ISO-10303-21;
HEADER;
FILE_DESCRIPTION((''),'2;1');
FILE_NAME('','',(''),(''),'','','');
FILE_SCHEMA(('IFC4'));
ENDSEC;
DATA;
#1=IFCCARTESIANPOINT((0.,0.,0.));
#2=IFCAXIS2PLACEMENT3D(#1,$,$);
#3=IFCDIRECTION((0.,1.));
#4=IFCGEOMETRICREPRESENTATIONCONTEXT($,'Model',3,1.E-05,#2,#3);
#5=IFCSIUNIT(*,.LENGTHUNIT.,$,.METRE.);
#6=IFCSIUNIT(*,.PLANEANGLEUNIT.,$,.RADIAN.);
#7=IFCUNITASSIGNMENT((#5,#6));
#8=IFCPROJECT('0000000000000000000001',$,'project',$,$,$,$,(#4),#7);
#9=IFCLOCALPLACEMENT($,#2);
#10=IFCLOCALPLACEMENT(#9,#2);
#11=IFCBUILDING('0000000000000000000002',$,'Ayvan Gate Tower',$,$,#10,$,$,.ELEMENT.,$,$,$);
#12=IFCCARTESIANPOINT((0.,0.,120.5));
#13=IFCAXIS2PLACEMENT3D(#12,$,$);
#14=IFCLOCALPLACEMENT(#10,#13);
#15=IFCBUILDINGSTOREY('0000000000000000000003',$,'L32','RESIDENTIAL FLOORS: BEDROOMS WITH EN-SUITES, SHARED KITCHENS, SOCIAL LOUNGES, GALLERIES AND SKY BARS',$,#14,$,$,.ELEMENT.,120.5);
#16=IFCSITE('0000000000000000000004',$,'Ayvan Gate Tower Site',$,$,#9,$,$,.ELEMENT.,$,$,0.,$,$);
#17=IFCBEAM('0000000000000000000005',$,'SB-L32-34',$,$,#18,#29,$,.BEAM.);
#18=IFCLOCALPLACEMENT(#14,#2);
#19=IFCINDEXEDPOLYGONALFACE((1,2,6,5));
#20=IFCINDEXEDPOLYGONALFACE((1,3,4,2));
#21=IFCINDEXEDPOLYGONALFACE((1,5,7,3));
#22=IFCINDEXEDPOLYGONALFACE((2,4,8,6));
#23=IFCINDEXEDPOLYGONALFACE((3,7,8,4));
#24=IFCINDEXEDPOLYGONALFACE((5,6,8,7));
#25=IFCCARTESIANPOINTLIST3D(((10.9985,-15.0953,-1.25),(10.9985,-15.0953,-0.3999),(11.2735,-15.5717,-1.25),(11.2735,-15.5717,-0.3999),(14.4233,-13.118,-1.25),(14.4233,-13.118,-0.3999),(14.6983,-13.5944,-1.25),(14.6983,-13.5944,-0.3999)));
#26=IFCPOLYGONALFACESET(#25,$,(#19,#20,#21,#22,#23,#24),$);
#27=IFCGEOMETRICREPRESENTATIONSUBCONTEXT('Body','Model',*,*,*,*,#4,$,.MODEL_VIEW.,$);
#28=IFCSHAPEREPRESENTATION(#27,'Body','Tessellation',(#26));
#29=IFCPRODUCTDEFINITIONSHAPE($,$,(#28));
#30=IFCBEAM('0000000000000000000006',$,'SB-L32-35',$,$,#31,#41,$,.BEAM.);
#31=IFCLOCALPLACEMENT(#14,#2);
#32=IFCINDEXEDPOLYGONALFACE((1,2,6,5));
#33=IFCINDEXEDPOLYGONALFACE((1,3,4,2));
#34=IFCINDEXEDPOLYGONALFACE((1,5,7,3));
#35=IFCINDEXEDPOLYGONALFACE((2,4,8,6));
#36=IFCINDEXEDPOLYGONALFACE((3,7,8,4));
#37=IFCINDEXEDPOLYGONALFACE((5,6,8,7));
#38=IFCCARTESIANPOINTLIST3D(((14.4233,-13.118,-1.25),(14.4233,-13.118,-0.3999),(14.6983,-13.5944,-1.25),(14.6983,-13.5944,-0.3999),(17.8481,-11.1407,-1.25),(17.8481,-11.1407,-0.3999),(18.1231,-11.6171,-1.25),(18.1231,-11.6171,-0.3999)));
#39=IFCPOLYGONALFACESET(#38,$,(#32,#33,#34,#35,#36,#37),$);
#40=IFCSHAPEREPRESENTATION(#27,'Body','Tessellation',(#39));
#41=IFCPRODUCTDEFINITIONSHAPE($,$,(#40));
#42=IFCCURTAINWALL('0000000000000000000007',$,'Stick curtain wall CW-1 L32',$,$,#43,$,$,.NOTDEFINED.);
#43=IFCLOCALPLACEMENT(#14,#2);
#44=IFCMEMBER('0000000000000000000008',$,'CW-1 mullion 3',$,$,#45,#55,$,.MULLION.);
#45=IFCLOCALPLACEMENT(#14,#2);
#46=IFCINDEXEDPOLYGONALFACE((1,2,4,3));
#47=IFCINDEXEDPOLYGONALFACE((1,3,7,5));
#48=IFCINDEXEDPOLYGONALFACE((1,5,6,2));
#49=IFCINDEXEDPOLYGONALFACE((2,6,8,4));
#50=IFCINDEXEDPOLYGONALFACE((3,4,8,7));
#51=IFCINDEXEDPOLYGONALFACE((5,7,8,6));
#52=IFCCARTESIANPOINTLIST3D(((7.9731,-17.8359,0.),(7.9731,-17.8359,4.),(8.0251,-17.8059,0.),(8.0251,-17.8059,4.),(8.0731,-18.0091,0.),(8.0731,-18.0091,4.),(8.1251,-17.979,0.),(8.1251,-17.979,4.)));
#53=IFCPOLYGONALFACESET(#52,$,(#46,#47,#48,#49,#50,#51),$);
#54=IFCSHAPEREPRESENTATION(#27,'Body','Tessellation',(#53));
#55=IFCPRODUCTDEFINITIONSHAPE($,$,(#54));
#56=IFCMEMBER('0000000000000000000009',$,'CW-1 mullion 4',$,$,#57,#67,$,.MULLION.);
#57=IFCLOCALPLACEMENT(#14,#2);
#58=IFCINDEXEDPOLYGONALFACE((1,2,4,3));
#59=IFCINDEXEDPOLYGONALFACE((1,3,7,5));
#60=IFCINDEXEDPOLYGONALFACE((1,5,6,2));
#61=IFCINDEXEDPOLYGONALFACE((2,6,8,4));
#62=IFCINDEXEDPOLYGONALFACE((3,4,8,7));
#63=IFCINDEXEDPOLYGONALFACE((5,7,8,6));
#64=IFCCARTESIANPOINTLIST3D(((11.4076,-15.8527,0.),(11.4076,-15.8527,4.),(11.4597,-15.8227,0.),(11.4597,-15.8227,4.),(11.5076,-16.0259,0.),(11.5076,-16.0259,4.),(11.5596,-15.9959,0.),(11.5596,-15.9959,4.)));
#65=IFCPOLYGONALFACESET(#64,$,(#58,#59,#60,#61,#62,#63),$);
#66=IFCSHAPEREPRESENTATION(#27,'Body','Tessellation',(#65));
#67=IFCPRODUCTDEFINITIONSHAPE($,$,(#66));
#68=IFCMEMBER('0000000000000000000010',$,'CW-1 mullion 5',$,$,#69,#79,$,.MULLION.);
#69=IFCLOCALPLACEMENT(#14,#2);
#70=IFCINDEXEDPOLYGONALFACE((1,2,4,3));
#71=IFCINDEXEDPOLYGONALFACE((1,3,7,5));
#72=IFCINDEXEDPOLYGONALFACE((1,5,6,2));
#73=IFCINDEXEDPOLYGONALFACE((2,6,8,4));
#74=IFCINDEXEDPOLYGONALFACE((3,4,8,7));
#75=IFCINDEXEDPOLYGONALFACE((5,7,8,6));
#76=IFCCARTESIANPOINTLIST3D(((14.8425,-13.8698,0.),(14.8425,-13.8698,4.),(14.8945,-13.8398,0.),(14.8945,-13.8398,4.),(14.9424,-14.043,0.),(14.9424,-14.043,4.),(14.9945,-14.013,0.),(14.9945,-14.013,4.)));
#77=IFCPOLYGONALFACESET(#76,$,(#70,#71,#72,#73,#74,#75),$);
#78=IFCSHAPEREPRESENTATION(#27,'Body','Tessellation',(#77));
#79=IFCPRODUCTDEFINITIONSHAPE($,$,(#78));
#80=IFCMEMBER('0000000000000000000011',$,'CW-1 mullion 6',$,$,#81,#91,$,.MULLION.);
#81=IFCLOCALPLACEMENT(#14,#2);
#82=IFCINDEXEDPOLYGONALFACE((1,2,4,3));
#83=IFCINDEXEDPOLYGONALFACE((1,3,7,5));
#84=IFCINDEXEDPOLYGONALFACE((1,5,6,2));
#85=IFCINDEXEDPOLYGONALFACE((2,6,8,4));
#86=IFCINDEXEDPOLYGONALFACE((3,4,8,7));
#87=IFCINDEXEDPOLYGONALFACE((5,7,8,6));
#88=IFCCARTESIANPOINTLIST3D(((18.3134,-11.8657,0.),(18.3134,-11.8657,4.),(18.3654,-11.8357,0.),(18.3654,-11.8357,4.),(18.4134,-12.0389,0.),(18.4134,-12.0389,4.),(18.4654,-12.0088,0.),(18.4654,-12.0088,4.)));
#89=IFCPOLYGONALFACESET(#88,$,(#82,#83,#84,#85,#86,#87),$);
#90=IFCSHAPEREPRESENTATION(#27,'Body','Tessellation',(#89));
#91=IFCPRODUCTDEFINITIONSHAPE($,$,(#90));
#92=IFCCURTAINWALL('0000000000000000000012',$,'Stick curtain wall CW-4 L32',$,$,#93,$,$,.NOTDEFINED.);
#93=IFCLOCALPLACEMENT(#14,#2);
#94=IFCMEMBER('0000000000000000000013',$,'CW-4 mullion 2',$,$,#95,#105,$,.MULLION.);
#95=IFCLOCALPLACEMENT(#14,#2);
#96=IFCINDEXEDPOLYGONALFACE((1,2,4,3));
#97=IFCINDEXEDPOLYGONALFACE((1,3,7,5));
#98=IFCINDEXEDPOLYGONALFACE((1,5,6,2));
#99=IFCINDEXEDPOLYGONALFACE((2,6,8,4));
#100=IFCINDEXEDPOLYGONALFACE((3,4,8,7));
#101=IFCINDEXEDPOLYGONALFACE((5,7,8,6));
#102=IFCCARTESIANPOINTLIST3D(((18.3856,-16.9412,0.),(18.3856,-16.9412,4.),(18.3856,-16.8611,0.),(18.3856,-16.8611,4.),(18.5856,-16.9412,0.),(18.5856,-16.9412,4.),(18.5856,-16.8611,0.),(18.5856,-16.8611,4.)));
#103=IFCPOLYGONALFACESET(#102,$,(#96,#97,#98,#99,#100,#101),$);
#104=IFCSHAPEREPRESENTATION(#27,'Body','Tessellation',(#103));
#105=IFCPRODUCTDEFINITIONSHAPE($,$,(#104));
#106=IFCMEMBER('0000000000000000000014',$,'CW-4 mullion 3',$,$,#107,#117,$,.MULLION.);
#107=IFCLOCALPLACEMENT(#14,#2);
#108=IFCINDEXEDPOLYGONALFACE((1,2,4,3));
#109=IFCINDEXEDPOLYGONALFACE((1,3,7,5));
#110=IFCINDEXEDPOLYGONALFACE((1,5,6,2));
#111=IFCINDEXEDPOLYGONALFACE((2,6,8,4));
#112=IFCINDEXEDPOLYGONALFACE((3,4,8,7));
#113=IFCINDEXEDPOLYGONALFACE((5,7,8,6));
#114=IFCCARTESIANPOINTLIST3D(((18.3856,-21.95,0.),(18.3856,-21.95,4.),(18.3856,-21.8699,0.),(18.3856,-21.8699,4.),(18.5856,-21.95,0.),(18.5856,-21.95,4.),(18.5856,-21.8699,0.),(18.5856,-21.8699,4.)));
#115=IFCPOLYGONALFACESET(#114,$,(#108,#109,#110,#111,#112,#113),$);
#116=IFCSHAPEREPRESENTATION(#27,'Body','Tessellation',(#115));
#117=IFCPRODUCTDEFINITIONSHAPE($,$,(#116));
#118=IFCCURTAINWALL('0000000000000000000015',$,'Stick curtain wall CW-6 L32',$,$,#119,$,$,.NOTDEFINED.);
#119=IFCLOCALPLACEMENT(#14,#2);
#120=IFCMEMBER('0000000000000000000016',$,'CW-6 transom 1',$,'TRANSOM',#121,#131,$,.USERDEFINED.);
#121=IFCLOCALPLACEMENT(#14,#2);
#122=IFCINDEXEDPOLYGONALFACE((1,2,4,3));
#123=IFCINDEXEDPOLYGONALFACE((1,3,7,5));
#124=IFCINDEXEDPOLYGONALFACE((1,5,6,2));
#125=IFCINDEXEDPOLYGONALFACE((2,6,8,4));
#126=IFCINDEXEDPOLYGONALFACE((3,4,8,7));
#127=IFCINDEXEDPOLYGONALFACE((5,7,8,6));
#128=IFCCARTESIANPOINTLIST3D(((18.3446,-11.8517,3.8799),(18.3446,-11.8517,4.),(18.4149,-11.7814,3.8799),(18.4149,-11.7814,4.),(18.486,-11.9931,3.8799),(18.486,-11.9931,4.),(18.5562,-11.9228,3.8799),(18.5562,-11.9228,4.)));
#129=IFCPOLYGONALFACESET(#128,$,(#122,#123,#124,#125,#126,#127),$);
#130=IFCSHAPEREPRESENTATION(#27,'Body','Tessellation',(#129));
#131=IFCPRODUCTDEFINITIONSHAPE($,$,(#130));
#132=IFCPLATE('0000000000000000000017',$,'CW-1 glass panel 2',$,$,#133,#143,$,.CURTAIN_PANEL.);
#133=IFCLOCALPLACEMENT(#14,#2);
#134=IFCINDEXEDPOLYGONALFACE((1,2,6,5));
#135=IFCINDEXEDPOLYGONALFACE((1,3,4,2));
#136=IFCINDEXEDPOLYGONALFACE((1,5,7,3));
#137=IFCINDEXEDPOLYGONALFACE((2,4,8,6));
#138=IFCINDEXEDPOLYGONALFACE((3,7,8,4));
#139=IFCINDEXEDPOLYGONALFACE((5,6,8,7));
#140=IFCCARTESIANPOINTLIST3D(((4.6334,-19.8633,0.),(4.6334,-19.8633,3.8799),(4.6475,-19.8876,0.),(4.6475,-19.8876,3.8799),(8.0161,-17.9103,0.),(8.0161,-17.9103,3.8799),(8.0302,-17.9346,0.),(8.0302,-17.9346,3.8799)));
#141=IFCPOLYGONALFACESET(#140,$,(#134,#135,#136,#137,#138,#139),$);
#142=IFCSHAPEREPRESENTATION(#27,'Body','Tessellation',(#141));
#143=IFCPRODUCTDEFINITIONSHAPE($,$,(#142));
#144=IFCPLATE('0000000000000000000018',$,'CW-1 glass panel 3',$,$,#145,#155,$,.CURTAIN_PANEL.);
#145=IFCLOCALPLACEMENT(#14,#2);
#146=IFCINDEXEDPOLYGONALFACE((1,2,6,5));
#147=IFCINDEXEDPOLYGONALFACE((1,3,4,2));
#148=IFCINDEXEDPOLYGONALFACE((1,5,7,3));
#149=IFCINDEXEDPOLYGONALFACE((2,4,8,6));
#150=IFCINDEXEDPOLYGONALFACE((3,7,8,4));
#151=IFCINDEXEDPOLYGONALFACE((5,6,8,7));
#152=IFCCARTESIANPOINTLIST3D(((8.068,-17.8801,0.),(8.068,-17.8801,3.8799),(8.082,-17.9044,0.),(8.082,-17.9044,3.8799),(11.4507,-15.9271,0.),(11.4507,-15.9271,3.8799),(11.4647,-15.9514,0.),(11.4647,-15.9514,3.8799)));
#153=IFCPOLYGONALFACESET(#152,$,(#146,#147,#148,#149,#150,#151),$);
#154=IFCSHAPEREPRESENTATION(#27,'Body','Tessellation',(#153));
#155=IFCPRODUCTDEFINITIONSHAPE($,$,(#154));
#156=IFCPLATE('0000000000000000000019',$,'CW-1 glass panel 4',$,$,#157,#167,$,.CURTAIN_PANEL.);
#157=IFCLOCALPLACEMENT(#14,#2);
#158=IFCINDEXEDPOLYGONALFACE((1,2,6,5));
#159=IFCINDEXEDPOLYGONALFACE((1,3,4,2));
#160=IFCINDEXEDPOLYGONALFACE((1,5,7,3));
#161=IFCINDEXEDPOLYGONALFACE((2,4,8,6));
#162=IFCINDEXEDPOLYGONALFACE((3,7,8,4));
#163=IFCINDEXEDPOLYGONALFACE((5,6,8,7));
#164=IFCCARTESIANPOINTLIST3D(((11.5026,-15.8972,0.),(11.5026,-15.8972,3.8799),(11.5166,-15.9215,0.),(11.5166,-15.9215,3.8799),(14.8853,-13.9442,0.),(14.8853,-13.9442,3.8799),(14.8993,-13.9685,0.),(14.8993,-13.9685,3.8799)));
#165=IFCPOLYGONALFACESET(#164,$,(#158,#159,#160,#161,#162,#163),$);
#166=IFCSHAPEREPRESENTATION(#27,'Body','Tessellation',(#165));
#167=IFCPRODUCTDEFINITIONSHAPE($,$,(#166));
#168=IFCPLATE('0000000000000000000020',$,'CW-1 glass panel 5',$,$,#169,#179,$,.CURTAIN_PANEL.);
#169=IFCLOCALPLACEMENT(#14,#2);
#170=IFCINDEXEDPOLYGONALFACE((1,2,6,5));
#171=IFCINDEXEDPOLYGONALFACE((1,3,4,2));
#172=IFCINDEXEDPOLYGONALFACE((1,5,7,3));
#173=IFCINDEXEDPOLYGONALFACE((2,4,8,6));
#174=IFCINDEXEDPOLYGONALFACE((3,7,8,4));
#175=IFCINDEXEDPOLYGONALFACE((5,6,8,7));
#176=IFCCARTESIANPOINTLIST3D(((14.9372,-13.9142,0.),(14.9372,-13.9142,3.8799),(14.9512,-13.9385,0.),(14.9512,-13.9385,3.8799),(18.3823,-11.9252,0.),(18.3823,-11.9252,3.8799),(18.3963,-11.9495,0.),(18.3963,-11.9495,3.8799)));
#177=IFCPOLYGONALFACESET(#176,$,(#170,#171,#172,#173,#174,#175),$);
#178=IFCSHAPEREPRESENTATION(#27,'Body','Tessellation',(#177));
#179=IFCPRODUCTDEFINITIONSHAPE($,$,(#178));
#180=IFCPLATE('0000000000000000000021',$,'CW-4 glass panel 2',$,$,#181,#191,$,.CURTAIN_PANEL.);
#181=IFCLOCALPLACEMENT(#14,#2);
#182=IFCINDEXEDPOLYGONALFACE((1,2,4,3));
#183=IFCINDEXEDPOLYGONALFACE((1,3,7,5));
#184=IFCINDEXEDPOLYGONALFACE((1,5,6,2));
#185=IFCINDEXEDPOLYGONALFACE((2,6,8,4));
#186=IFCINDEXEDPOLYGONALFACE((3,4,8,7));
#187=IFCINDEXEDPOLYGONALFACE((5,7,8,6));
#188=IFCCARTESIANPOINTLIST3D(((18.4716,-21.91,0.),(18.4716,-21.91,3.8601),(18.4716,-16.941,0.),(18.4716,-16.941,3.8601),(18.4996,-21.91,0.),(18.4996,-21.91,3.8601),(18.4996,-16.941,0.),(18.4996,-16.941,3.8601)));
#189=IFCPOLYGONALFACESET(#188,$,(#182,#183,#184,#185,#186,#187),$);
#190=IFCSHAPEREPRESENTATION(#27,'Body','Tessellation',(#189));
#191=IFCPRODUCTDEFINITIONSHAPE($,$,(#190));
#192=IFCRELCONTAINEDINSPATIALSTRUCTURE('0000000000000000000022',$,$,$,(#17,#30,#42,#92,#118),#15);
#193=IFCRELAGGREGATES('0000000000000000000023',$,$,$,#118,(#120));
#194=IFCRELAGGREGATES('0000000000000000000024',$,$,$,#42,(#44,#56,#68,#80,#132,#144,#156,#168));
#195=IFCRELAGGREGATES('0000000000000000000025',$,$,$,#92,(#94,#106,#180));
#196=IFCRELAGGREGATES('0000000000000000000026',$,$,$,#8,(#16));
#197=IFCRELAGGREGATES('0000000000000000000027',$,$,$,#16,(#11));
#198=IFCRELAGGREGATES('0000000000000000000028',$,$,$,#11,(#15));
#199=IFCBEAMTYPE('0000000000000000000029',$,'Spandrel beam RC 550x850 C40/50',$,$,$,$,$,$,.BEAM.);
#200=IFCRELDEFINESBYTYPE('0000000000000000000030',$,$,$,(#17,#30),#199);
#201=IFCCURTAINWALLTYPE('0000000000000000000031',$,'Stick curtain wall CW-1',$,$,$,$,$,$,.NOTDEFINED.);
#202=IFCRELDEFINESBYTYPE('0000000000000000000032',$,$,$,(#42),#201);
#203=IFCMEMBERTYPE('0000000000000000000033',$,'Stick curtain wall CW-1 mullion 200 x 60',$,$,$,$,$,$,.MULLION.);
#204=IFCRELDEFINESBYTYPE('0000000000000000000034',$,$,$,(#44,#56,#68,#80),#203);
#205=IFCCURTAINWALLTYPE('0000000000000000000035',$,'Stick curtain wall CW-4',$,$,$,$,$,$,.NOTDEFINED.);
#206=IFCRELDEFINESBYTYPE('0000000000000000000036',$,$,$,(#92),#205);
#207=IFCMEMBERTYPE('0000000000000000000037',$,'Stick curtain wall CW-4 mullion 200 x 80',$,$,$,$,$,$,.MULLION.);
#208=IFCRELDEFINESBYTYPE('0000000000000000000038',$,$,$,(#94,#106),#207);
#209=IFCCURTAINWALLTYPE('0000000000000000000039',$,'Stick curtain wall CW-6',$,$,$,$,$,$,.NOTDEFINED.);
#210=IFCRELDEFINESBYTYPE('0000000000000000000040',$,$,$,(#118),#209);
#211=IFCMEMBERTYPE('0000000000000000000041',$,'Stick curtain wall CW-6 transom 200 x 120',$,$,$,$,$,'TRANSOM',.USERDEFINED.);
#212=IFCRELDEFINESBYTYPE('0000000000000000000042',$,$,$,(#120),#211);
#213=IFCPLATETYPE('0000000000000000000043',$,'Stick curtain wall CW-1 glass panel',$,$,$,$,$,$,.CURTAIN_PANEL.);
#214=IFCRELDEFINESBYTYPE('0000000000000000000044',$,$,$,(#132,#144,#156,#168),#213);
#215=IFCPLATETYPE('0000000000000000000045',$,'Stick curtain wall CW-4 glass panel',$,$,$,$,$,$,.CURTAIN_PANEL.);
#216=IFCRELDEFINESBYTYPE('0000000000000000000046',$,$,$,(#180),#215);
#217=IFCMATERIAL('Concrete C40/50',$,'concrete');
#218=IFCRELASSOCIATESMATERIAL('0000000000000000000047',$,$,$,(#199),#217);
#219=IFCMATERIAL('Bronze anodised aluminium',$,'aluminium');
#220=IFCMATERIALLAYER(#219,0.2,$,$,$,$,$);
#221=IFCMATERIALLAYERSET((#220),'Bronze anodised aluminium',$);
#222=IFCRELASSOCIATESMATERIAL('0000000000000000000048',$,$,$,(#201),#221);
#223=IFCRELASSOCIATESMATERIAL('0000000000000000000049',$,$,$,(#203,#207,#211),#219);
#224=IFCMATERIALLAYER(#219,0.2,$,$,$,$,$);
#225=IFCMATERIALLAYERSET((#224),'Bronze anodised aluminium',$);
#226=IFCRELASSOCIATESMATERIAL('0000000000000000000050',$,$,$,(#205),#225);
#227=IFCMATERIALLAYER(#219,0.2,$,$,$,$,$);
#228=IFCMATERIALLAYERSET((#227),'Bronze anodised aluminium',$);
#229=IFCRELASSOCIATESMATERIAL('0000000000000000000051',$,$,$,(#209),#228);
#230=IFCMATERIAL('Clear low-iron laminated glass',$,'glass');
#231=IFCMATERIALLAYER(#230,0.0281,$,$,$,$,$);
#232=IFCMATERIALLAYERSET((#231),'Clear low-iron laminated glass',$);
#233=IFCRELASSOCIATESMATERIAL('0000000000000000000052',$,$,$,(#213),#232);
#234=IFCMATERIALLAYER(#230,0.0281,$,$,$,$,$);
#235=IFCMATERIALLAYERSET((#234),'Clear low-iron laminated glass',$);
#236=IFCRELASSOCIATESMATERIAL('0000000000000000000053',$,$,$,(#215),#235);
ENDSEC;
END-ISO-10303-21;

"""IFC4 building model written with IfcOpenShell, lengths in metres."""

from ifc_helpers import new_model, si_unit, direction, frame, origin, origin_2d, place, context, subcontext, project, spatial, rectangle, extrude, material, layer, layer_set, material_profile, profile_set, type_object, element, aggregate, save


model = new_model("IFC4")

# Units and contexts
model_context = context("Model", 3, precision=1e-05, world=origin(), true_north=direction((0.0, 1.0)))
body_context = subcontext(model_context, "Body", "Model", "MODEL_VIEW")
ifc_project = project(units=[si_unit("LENGTHUNIT", "METRE"), si_unit("PLANEANGLEUNIT", "RADIAN")], contexts=[model_context])

# Site, building, storey
site_placement = place(None, origin())
site = spatial("IfcSite", under=ifc_project, at=site_placement, Name="Ayvan Gate Tower Site", CompositionType="ELEMENT", RefElevation=0.0)
building_placement = place(site_placement, origin())
building = spatial("IfcBuilding", under=site, at=building_placement, Name="Ayvan Gate Tower", CompositionType="ELEMENT")
storey_placement = place(building_placement, frame((0.0, 0.0, 120.5)))
storey = spatial("IfcBuildingStorey", under=building, at=storey_placement, Name="L32", Description="RESIDENTIAL FLOORS: BEDROOMS WITH EN-SUITES, SHARED KITCHENS, SOCIAL LOUNGES, GALLERIES AND SKY BARS", CompositionType="ELEMENT", Elevation=120.5)

# Beams
ifc_material_1 = material(Name="Concrete C40/50", Category="concrete")
ifc_material_profile_1 = material_profile(ifc_material_1, rectangle(XDim=0.55, YDim=0.8501, at=origin_2d()), Name="RC 550x850")
ifc_profile_set_1 = profile_set([ifc_material_profile_1], Name="Concrete C40/50")
beam_type = type_object("IfcBeamType", Name="Spandrel beam RC 550x850 C40/50", PredefinedType="BEAM", material=ifc_profile_set_1)
for number, where, z_axis, x_axis, name in (
    (1, (11.136, -15.3335, -0.825), (0.866027, 0.499997, 0.0), (-0.499997, 0.866027, 0.0), "SB-L32-34"),
    (2, (14.5608, -13.3562, -0.825), (0.866027, 0.499997, 0.0), (-0.499997, 0.866027, 0.0), "SB-L32-35"),
):
    element("IfcBeam", number, at=place(storey_placement, frame(where, z_axis=z_axis, x_axis=x_axis)), inside=storey, type_object=beam_type, Name=name, PredefinedType="BEAM", context=body_context, shape_type="SweptSolid", body=[
        extrude(rectangle(XDim=0.55, YDim=0.8501, at=origin_2d()), origin(), (0.0, 0.0, 1.0), 3.9546),
    ])

# Curtain walls, members
ifc_material_2 = material(Name="Bronze anodised aluminium", Category="aluminium")
ifc_layer_1 = layer(ifc_material_2, 0.2)
ifc_layer_set_1 = layer_set([ifc_layer_1], Name="Bronze anodised aluminium")
curtain_wall_type_1 = type_object("IfcCurtainWallType", Name="Stick curtain wall CW-1", PredefinedType="NOTDEFINED", material=ifc_layer_set_1)
curtain_wall_1_placement = place(storey_placement, origin())
curtain_wall_1 = element("IfcCurtainWall", 3, at=curtain_wall_1_placement, inside=storey, type_object=curtain_wall_type_1, Name="Stick curtain wall CW-1 L32", PredefinedType="NOTDEFINED")
ifc_material_profile_2 = material_profile(ifc_material_2, rectangle(XDim=0.2, YDim=0.0601, at=origin_2d()), Name="Stick curtain wall CW-1 mullion 200 x 60")
ifc_profile_set_2 = profile_set([ifc_material_profile_2], Name="Bronze anodised aluminium")
member_type_1 = type_object("IfcMemberType", Name="Stick curtain wall CW-1 mullion 200 x 60", PredefinedType="MULLION", material=ifc_profile_set_2)
member_1_placement = place(storey_placement, frame((8.0491, -17.9075, 0.0), z_axis=(0.0, 0.0, 1.0), x_axis=(0.5, -0.866025, 0.0)))
member_1 = element("IfcMember", 4, at=member_1_placement, type_object=member_type_1, Name="CW-1 mullion 3", PredefinedType="MULLION", context=body_context, shape_type="SweptSolid", body=[
    extrude(rectangle(XDim=0.2, YDim=0.0601, at=origin_2d()), origin(), (0.0, 0.0, 1.0), 4.0),
])
member_2_placement = place(storey_placement, frame((11.4836, -15.9243, 0.0), z_axis=(0.0, 0.0, 1.0), x_axis=(0.5, -0.866025, 0.0)))
member_2 = element("IfcMember", 5, at=member_2_placement, type_object=member_type_1, Name="CW-1 mullion 4", PredefinedType="MULLION", context=body_context, shape_type="SweptSolid", body=[
    extrude(rectangle(XDim=0.2, YDim=0.0601, at=origin_2d()), origin(), (0.0, 0.0, 1.0), 4.0),
])
member_3_placement = place(storey_placement, frame((14.9185, -13.9414, 0.0), z_axis=(0.0, 0.0, 1.0), x_axis=(0.5, -0.866025, 0.0)))
member_3 = element("IfcMember", 6, at=member_3_placement, type_object=member_type_1, Name="CW-1 mullion 5", PredefinedType="MULLION", context=body_context, shape_type="SweptSolid", body=[
    extrude(rectangle(XDim=0.2, YDim=0.0601, at=origin_2d()), origin(), (0.0, 0.0, 1.0), 4.0),
])
member_4_placement = place(storey_placement, frame((18.3894, -11.9373, 0.0), z_axis=(0.0, 0.0, 1.0), x_axis=(0.5, -0.866025, 0.0)))
member_4 = element("IfcMember", 7, at=member_4_placement, type_object=member_type_1, Name="CW-1 mullion 6", PredefinedType="MULLION", context=body_context, shape_type="SweptSolid", body=[
    extrude(rectangle(XDim=0.2, YDim=0.0601, at=origin_2d()), origin(), (0.0, 0.0, 1.0), 4.0),
])
ifc_layer_2 = layer(ifc_material_2, 0.2)
ifc_layer_set_2 = layer_set([ifc_layer_2], Name="Bronze anodised aluminium")
curtain_wall_type_2 = type_object("IfcCurtainWallType", Name="Stick curtain wall CW-4", PredefinedType="NOTDEFINED", material=ifc_layer_set_2)
curtain_wall_2_placement = place(storey_placement, origin())
curtain_wall_2 = element("IfcCurtainWall", 8, at=curtain_wall_2_placement, inside=storey, type_object=curtain_wall_type_2, Name="Stick curtain wall CW-4 L32", PredefinedType="NOTDEFINED")
ifc_material_profile_3 = material_profile(ifc_material_2, rectangle(XDim=0.2, YDim=0.0801, at=origin_2d()), Name="Stick curtain wall CW-4 mullion 200 x 80")
ifc_profile_set_3 = profile_set([ifc_material_profile_3], Name="Bronze anodised aluminium")
member_type_2 = type_object("IfcMemberType", Name="Stick curtain wall CW-4 mullion 200 x 80", PredefinedType="MULLION", material=ifc_profile_set_3)
member_5_placement = place(storey_placement, frame((18.4856, -16.9011, 0.0), z_axis=(0.0, 0.0, 1.0), x_axis=(-1.0, 0.0, 0.0)))
member_5 = element("IfcMember", 9, at=member_5_placement, type_object=member_type_2, Name="CW-4 mullion 2", PredefinedType="MULLION", context=body_context, shape_type="SweptSolid", body=[
    extrude(rectangle(XDim=0.2, YDim=0.0801, at=origin_2d()), origin(), (0.0, 0.0, 1.0), 4.0),
])
member_6_placement = place(storey_placement, frame((18.4856, -21.9099, 0.0), z_axis=(0.0, 0.0, 1.0), x_axis=(-1.0, 0.0, 0.0)))
member_6 = element("IfcMember", 10, at=member_6_placement, type_object=member_type_2, Name="CW-4 mullion 3", PredefinedType="MULLION", context=body_context, shape_type="SweptSolid", body=[
    extrude(rectangle(XDim=0.2, YDim=0.0801, at=origin_2d()), origin(), (0.0, 0.0, 1.0), 4.0),
])

# Curtain wall, member
ifc_layer_3 = layer(ifc_material_2, 0.2)
ifc_layer_set_3 = layer_set([ifc_layer_3], Name="Bronze anodised aluminium")
curtain_wall_type_3 = type_object("IfcCurtainWallType", Name="Stick curtain wall CW-6", PredefinedType="NOTDEFINED", material=ifc_layer_set_3)
curtain_wall_3_placement = place(storey_placement, origin())
curtain_wall_3 = element("IfcCurtainWall", 11, at=curtain_wall_3_placement, inside=storey, type_object=curtain_wall_type_3, Name="Stick curtain wall CW-6 L32", PredefinedType="NOTDEFINED")
ifc_material_profile_4 = material_profile(ifc_material_2, rectangle(XDim=0.2, YDim=0.1201, at=origin_2d()), Name="Stick curtain wall CW-6 transom 200 x 120")
ifc_profile_set_4 = profile_set([ifc_material_profile_4], Name="Bronze anodised aluminium")
member_type_3 = type_object("IfcMemberType", Name="Stick curtain wall CW-6 transom 200 x 120", ElementType="TRANSOM", PredefinedType="USERDEFINED", material=ifc_profile_set_4)
member_7_placement = place(storey_placement, frame((18.4153, -11.9224, 3.9399), z_axis=(0.707107, 0.707107, 0.0), x_axis=(-0.707107, 0.707107, 0.0)))
member_7 = element("IfcMember", 12, at=member_7_placement, type_object=member_type_3, Name="CW-6 transom 1", ObjectType="TRANSOM", PredefinedType="USERDEFINED", context=body_context, shape_type="SweptSolid", body=[
    extrude(rectangle(XDim=0.2, YDim=0.1201, at=origin_2d()), origin(), (0.0, 0.0, 1.0), 0.0994),
])
aggregate(curtain_wall_3, [member_7])

# Plates
ifc_material_3 = material(Name="Clear low-iron laminated glass", Category="glass")
ifc_layer_4 = layer(ifc_material_3, 0.0281)
ifc_layer_set_4 = layer_set([ifc_layer_4], Name="Clear low-iron laminated glass")
plate_type_1 = type_object("IfcPlateType", Name="Stick curtain wall CW-1 glass panel", PredefinedType="CURTAIN_PANEL", material=ifc_layer_set_4)
plate_1_placement = place(storey_placement, frame((6.3318, -18.8989, 0.0), z_axis=(0.0, 0.0, 1.0), x_axis=(0.866025, 0.5, 0.0)))
plate_1 = element("IfcPlate", 13, at=plate_1_placement, type_object=plate_type_1, Name="CW-1 glass panel 2", PredefinedType="CURTAIN_PANEL", context=body_context, shape_type="SweptSolid", body=[
    extrude(rectangle(XDim=3.906, YDim=0.0281, at=origin_2d()), origin(), (0.0, 0.0, 1.0), 3.8799),
])
plate_2_placement = place(storey_placement, frame((9.7664, -16.9158, 0.0), z_axis=(0.0, 0.0, 1.0), x_axis=(0.866025, 0.5, 0.0)))
plate_2 = element("IfcPlate", 14, at=plate_2_placement, type_object=plate_type_1, Name="CW-1 glass panel 3", PredefinedType="CURTAIN_PANEL", context=body_context, shape_type="SweptSolid", body=[
    extrude(rectangle(XDim=3.906, YDim=0.0281, at=origin_2d()), origin(), (0.0, 0.0, 1.0), 3.8799),
])
plate_3_placement = place(storey_placement, frame((13.2009, -14.9329, 0.0), z_axis=(0.0, 0.0, 1.0), x_axis=(0.866025, 0.5, 0.0)))
plate_3 = element("IfcPlate", 15, at=plate_3_placement, type_object=plate_type_1, Name="CW-1 glass panel 4", PredefinedType="CURTAIN_PANEL", context=body_context, shape_type="SweptSolid", body=[
    extrude(rectangle(XDim=3.906, YDim=0.0281, at=origin_2d()), origin(), (0.0, 0.0, 1.0), 3.8799),
])
plate_4_placement = place(storey_placement, frame((16.6667, -12.9319, 0.0), z_axis=(0.0, 0.0, 1.0), x_axis=(0.866025, 0.5, 0.0)))
plate_4 = element("IfcPlate", 16, at=plate_4_placement, type_object=plate_type_1, Name="CW-1 glass panel 5", PredefinedType="CURTAIN_PANEL", context=body_context, shape_type="SweptSolid", body=[
    extrude(rectangle(XDim=3.978, YDim=0.0281, at=origin_2d()), origin(), (0.0, 0.0, 1.0), 3.8799),
])
aggregate(curtain_wall_1, [member_1, member_2, member_3, member_4, plate_1, plate_2, plate_3, plate_4])
ifc_layer_5 = layer(ifc_material_3, 0.0281)
ifc_layer_set_5 = layer_set([ifc_layer_5], Name="Clear low-iron laminated glass")
plate_type_2 = type_object("IfcPlateType", Name="Stick curtain wall CW-4 glass panel", PredefinedType="CURTAIN_PANEL", material=ifc_layer_set_5)
plate_5_placement = place(storey_placement, frame((18.4856, -19.4255, 0.0), z_axis=(0.0, 0.0, 1.0), x_axis=(0.0, -1.0, 0.0)))
plate_5 = element("IfcPlate", 17, at=plate_5_placement, type_object=plate_type_2, Name="CW-4 glass panel 2", PredefinedType="CURTAIN_PANEL", context=body_context, shape_type="SweptSolid", body=[
    extrude(rectangle(XDim=4.969, YDim=0.0281, at=origin_2d()), origin(), (0.0, 0.0, 1.0), 3.8601),
])
aggregate(curtain_wall_2, [member_5, member_6, plate_5])

save(model, "model.ifc")
